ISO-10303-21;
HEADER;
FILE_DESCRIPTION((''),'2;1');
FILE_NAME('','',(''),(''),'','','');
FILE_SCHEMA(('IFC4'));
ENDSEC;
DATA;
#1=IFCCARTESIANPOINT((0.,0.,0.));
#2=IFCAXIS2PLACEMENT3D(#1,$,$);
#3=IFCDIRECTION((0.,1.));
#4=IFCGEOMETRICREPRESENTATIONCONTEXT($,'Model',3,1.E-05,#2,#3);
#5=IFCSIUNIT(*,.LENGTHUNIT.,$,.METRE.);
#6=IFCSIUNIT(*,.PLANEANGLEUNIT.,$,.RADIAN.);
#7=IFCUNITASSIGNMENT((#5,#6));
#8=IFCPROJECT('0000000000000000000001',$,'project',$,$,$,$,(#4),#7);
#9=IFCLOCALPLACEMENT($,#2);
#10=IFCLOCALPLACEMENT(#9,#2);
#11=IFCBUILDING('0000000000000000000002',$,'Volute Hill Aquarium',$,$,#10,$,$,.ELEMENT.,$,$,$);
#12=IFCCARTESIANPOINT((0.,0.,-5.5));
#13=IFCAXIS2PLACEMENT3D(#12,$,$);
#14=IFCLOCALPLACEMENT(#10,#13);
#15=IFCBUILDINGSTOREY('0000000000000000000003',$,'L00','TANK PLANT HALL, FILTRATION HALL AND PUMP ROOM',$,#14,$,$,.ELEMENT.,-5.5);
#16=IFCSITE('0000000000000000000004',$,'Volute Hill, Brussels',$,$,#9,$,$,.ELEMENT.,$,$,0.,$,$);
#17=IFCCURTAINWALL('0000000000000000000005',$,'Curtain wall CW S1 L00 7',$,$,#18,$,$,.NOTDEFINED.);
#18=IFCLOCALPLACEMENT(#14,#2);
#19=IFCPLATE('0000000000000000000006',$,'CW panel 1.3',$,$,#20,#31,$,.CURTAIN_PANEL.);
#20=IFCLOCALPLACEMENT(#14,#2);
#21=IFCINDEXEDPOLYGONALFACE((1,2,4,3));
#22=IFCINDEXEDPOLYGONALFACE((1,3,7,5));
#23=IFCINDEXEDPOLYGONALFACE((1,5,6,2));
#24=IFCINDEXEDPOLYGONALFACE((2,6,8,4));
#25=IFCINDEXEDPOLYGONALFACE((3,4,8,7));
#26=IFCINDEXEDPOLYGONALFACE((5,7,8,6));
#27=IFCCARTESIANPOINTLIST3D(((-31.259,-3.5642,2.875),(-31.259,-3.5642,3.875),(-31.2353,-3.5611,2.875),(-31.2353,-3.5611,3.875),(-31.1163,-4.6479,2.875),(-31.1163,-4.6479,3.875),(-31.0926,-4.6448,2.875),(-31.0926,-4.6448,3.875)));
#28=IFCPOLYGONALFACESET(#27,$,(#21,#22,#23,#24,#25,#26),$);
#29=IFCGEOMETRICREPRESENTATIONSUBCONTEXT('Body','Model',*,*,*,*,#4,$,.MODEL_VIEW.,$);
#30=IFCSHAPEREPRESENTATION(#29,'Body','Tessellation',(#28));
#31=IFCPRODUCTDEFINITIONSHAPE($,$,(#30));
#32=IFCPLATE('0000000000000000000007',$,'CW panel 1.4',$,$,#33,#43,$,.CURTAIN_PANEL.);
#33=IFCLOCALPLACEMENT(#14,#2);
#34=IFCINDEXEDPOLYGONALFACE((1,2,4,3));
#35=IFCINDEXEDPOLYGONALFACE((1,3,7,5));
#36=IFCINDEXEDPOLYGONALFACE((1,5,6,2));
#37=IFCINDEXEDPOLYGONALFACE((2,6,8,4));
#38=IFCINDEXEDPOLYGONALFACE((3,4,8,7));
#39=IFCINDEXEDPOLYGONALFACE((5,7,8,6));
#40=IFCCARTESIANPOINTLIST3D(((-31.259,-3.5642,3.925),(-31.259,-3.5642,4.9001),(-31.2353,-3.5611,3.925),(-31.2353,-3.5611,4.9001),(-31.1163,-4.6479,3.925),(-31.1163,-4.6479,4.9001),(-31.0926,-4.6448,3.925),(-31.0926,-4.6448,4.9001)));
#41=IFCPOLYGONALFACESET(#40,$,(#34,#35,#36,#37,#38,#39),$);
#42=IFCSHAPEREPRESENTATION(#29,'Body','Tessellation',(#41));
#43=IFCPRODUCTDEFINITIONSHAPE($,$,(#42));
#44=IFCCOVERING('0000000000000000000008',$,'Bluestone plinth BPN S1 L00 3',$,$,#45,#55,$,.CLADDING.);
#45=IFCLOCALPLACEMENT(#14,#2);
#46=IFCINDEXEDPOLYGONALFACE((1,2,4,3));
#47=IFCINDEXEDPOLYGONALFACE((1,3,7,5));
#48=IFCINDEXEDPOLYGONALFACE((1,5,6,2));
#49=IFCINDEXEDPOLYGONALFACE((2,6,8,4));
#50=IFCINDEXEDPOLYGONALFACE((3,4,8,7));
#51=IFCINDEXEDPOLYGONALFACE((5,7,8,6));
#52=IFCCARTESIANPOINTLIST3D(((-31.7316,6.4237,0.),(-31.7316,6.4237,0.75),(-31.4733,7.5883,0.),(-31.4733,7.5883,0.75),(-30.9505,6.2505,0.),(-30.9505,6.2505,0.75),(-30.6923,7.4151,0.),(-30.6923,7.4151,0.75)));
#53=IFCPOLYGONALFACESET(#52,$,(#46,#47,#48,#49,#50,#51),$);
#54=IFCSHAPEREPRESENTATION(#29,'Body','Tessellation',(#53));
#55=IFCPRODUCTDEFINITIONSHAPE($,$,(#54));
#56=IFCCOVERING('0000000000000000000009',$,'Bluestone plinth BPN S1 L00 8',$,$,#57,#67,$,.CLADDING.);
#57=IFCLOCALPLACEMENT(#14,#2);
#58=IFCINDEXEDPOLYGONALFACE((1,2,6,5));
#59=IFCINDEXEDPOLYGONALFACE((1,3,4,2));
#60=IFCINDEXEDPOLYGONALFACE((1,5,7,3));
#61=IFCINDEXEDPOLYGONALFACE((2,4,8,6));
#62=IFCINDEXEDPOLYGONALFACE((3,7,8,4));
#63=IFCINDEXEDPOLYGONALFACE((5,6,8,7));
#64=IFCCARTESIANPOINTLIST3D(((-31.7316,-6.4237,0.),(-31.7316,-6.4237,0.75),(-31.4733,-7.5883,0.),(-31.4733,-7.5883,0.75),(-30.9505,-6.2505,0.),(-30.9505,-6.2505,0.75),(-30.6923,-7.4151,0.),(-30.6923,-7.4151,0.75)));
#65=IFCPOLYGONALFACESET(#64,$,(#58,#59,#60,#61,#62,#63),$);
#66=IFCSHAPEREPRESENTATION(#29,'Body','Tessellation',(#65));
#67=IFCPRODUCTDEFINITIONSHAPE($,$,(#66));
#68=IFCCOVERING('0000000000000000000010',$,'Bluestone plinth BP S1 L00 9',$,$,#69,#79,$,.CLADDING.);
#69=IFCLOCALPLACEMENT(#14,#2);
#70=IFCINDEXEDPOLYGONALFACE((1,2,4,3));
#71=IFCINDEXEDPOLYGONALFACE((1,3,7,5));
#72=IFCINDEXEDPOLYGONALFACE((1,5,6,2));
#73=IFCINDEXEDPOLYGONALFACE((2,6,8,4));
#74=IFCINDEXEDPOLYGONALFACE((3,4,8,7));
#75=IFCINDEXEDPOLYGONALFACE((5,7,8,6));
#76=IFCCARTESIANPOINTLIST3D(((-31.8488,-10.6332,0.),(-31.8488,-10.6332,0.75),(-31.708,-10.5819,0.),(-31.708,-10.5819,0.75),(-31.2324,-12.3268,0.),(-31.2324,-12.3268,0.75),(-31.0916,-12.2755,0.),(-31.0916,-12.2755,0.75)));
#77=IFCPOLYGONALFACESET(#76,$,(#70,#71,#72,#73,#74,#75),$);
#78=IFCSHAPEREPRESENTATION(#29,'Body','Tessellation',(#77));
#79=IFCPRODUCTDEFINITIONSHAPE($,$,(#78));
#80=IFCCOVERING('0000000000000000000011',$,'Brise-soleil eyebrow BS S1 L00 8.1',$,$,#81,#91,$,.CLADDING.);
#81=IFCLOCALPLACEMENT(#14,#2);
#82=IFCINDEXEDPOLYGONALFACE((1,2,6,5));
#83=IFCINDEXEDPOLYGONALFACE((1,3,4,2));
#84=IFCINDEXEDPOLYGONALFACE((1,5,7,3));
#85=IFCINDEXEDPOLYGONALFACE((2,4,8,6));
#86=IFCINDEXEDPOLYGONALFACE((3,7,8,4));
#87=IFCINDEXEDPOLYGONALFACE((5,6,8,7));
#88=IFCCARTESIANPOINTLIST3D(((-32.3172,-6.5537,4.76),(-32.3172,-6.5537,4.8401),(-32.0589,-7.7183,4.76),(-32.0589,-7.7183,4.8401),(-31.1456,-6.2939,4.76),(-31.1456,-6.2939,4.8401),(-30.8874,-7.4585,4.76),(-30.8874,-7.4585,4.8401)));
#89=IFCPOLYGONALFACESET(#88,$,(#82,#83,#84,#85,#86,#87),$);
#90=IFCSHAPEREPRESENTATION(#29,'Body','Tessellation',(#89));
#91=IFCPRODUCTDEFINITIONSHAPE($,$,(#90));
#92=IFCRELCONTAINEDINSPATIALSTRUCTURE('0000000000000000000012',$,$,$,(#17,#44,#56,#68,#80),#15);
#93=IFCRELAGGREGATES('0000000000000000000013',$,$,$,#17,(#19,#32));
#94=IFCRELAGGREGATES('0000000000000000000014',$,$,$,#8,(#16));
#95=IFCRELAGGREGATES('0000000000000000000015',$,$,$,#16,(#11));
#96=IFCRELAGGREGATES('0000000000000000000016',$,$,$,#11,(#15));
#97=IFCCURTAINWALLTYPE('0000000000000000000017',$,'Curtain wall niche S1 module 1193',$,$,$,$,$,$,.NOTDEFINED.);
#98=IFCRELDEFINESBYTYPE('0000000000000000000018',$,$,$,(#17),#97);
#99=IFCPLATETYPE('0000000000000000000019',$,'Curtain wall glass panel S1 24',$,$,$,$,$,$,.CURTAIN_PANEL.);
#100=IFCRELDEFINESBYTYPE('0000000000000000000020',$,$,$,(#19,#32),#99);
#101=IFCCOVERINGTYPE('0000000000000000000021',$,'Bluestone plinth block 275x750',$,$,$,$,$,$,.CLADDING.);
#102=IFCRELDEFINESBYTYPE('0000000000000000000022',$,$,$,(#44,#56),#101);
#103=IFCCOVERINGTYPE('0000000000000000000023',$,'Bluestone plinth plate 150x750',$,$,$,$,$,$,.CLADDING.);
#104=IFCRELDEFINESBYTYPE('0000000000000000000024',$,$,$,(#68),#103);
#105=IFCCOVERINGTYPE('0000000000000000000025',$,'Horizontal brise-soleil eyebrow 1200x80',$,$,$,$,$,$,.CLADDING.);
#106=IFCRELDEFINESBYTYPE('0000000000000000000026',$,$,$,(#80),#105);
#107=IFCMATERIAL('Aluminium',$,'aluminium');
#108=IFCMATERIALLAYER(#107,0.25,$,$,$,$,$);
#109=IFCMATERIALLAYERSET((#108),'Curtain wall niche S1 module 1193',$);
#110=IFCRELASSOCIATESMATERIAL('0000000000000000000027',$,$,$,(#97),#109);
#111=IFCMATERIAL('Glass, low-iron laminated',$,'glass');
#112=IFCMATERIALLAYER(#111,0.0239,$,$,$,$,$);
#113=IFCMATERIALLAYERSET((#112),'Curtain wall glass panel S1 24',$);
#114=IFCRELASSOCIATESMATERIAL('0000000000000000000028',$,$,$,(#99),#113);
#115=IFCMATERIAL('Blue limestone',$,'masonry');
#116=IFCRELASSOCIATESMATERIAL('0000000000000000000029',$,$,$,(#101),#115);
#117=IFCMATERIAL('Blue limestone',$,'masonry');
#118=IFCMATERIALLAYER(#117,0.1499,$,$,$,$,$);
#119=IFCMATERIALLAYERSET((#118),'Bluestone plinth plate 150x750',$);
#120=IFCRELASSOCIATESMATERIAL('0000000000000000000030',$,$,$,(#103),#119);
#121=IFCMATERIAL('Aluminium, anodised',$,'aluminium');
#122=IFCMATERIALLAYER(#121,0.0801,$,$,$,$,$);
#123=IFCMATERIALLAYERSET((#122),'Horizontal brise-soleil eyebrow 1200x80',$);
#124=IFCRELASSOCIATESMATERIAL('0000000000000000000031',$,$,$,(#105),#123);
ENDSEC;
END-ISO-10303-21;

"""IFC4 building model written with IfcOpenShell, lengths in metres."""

from ifc_helpers import new_model, si_unit, direction, frame, origin, origin_2d, place, context, subcontext, project, spatial, rectangle, extrude, material, layer, layer_set, type_object, element, aggregate, save


model = new_model("IFC4")

# Units and contexts
model_context = context("Model", 3, precision=1e-05, world=origin(), true_north=direction((0.0, 1.0)))
body_context = subcontext(model_context, "Body", "Model", "MODEL_VIEW")
ifc_project = project(units=[si_unit("LENGTHUNIT", "METRE"), si_unit("PLANEANGLEUNIT", "RADIAN")], contexts=[model_context])

# Site, building, storey
site_placement = place(None, origin())
site = spatial("IfcSite", under=ifc_project, at=site_placement, Name="Volute Hill, Brussels", CompositionType="ELEMENT", RefElevation=0.0)
building_placement = place(site_placement, origin())
building = spatial("IfcBuilding", under=site, at=building_placement, Name="Volute Hill Aquarium", CompositionType="ELEMENT")
storey_placement = place(building_placement, frame((0.0, 0.0, -5.5)))
storey = spatial("IfcBuildingStorey", under=building, at=storey_placement, Name="L00", Description="TANK PLANT HALL, FILTRATION HALL AND PUMP ROOM", CompositionType="ELEMENT", Elevation=-5.5)

# Curtain wall
ifc_material_1 = material(Name="Aluminium", Category="aluminium")
ifc_layer_1 = layer(ifc_material_1, 0.25)
ifc_layer_set_1 = layer_set([ifc_layer_1], Name="Curtain wall niche S1 module 1193")
curtain_wall_type = type_object("IfcCurtainWallType", Name="Curtain wall niche S1 module 1193", PredefinedType="NOTDEFINED", material=ifc_layer_set_1)
curtain_wall_1_placement = place(storey_placement, origin())
curtain_wall_1 = element("IfcCurtainWall", 1, at=curtain_wall_1_placement, inside=storey, type_object=curtain_wall_type, Name="Curtain wall CW S1 L00 7", PredefinedType="NOTDEFINED")

# Plates
ifc_material_2 = material(Name="Glass, low-iron laminated", Category="glass")
ifc_layer_2 = layer(ifc_material_2, 0.0239)
ifc_layer_set_2 = layer_set([ifc_layer_2], Name="Curtain wall glass panel S1 24")
plate_type = type_object("IfcPlateType", Name="Curtain wall glass panel S1 24", PredefinedType="CURTAIN_PANEL", material=ifc_layer_set_2)
plate_1_placement = place(storey_placement, frame((-31.1758, -4.1045, 2.875), z_axis=(0.0, 0.0, 1.0), x_axis=(0.130523, -0.991445, 0.0)))
plate_1 = element("IfcPlate", 2, at=plate_1_placement, type_object=plate_type, Name="CW panel 1.3", PredefinedType="CURTAIN_PANEL", context=body_context, shape_type="SweptSolid", body=[
    extrude(rectangle(XDim=1.093, YDim=0.0239, at=origin_2d()), origin(), (0.0, 0.0, 1.0), 1.0),
])
plate_2_placement = place(storey_placement, frame((-31.1758, -4.1045, 3.925), z_axis=(0.0, 0.0, 1.0), x_axis=(0.130523, -0.991445, 0.0)))
plate_2 = element("IfcPlate", 3, at=plate_2_placement, type_object=plate_type, Name="CW panel 1.4", PredefinedType="CURTAIN_PANEL", context=body_context, shape_type="SweptSolid", body=[
    extrude(rectangle(XDim=1.093, YDim=0.0239, at=origin_2d()), origin(), (0.0, 0.0, 1.0), 0.9751),
])
aggregate(curtain_wall_1, [plate_1, plate_2])

# Coverings
ifc_material_3 = material(Name="Blue limestone", Category="masonry")
covering_type_1 = type_object("IfcCoveringType", Name="Bluestone plinth block 275x750", PredefinedType="CLADDING", material=ifc_material_3)
for number, where, z_axis, x_axis, name in (
    (4, (-31.2119, 6.9194, 0.0), (0.0, 0.0, 1.0), (-0.216461, -0.976291, 0.0), "Bluestone plinth BPN S1 L00 3"),
    (5, (-31.2119, -6.9194, 0.0), (0.0, 0.0, 1.0), (0.216461, -0.976291, 0.0), "Bluestone plinth BPN S1 L00 8"),
):
    element("IfcCovering", number, at=place(storey_placement, frame(where, z_axis=z_axis, x_axis=x_axis)), inside=storey, type_object=covering_type_1, Name=name, PredefinedType="CLADDING", context=body_context, shape_type="SweptSolid", body=[
        extrude(rectangle(XDim=1.1929, YDim=0.8, at=origin_2d()), origin(), (0.0, 0.0, 1.0), 0.75),
    ])
ifc_material_4 = material(Name="Blue limestone", Category="masonry")
ifc_layer_3 = layer(ifc_material_4, 0.1499)
ifc_layer_set_3 = layer_set([ifc_layer_3], Name="Bluestone plinth plate 150x750")
covering_type_2 = type_object("IfcCoveringType", Name="Bluestone plinth plate 150x750", PredefinedType="CLADDING", material=ifc_layer_set_3)
covering_1_placement = place(storey_placement, frame((-31.4702, -11.4543, 0.0), z_axis=(0.0, 0.0, 1.0), x_axis=(0.34202, -0.939693, 0.0)))
element("IfcCovering", 6, at=covering_1_placement, inside=storey, type_object=covering_type_2, Name="Bluestone plinth BP S1 L00 9", PredefinedType="CLADDING", context=body_context, shape_type="SweptSolid", body=[
    extrude(rectangle(XDim=1.8022, YDim=0.1499, at=origin_2d()), origin(), (0.0, 0.0, 1.0), 0.75),
])
ifc_material_5 = material(Name="Aluminium, anodised", Category="aluminium")
ifc_layer_4 = layer(ifc_material_5, 0.0801)
ifc_layer_set_4 = layer_set([ifc_layer_4], Name="Horizontal brise-soleil eyebrow 1200x80")
covering_type_3 = type_object("IfcCoveringType", Name="Horizontal brise-soleil eyebrow 1200x80", PredefinedType="CLADDING", material=ifc_layer_set_4)
covering_2_placement = place(storey_placement, frame((-31.6023, -7.0061, 4.76), z_axis=(0.0, 0.0, 1.0), x_axis=(0.216461, -0.976291, 0.0)))
element("IfcCovering", 7, at=covering_2_placement, inside=storey, type_object=covering_type_3, Name="Brise-soleil eyebrow BS S1 L00 8.1", PredefinedType="CLADDING", context=body_context, shape_type="SweptSolid", body=[
    extrude(rectangle(XDim=1.1929, YDim=1.2, at=origin_2d()), origin(), (0.0, 0.0, 1.0), 0.0801),
])

save(model, "model.ifc")
